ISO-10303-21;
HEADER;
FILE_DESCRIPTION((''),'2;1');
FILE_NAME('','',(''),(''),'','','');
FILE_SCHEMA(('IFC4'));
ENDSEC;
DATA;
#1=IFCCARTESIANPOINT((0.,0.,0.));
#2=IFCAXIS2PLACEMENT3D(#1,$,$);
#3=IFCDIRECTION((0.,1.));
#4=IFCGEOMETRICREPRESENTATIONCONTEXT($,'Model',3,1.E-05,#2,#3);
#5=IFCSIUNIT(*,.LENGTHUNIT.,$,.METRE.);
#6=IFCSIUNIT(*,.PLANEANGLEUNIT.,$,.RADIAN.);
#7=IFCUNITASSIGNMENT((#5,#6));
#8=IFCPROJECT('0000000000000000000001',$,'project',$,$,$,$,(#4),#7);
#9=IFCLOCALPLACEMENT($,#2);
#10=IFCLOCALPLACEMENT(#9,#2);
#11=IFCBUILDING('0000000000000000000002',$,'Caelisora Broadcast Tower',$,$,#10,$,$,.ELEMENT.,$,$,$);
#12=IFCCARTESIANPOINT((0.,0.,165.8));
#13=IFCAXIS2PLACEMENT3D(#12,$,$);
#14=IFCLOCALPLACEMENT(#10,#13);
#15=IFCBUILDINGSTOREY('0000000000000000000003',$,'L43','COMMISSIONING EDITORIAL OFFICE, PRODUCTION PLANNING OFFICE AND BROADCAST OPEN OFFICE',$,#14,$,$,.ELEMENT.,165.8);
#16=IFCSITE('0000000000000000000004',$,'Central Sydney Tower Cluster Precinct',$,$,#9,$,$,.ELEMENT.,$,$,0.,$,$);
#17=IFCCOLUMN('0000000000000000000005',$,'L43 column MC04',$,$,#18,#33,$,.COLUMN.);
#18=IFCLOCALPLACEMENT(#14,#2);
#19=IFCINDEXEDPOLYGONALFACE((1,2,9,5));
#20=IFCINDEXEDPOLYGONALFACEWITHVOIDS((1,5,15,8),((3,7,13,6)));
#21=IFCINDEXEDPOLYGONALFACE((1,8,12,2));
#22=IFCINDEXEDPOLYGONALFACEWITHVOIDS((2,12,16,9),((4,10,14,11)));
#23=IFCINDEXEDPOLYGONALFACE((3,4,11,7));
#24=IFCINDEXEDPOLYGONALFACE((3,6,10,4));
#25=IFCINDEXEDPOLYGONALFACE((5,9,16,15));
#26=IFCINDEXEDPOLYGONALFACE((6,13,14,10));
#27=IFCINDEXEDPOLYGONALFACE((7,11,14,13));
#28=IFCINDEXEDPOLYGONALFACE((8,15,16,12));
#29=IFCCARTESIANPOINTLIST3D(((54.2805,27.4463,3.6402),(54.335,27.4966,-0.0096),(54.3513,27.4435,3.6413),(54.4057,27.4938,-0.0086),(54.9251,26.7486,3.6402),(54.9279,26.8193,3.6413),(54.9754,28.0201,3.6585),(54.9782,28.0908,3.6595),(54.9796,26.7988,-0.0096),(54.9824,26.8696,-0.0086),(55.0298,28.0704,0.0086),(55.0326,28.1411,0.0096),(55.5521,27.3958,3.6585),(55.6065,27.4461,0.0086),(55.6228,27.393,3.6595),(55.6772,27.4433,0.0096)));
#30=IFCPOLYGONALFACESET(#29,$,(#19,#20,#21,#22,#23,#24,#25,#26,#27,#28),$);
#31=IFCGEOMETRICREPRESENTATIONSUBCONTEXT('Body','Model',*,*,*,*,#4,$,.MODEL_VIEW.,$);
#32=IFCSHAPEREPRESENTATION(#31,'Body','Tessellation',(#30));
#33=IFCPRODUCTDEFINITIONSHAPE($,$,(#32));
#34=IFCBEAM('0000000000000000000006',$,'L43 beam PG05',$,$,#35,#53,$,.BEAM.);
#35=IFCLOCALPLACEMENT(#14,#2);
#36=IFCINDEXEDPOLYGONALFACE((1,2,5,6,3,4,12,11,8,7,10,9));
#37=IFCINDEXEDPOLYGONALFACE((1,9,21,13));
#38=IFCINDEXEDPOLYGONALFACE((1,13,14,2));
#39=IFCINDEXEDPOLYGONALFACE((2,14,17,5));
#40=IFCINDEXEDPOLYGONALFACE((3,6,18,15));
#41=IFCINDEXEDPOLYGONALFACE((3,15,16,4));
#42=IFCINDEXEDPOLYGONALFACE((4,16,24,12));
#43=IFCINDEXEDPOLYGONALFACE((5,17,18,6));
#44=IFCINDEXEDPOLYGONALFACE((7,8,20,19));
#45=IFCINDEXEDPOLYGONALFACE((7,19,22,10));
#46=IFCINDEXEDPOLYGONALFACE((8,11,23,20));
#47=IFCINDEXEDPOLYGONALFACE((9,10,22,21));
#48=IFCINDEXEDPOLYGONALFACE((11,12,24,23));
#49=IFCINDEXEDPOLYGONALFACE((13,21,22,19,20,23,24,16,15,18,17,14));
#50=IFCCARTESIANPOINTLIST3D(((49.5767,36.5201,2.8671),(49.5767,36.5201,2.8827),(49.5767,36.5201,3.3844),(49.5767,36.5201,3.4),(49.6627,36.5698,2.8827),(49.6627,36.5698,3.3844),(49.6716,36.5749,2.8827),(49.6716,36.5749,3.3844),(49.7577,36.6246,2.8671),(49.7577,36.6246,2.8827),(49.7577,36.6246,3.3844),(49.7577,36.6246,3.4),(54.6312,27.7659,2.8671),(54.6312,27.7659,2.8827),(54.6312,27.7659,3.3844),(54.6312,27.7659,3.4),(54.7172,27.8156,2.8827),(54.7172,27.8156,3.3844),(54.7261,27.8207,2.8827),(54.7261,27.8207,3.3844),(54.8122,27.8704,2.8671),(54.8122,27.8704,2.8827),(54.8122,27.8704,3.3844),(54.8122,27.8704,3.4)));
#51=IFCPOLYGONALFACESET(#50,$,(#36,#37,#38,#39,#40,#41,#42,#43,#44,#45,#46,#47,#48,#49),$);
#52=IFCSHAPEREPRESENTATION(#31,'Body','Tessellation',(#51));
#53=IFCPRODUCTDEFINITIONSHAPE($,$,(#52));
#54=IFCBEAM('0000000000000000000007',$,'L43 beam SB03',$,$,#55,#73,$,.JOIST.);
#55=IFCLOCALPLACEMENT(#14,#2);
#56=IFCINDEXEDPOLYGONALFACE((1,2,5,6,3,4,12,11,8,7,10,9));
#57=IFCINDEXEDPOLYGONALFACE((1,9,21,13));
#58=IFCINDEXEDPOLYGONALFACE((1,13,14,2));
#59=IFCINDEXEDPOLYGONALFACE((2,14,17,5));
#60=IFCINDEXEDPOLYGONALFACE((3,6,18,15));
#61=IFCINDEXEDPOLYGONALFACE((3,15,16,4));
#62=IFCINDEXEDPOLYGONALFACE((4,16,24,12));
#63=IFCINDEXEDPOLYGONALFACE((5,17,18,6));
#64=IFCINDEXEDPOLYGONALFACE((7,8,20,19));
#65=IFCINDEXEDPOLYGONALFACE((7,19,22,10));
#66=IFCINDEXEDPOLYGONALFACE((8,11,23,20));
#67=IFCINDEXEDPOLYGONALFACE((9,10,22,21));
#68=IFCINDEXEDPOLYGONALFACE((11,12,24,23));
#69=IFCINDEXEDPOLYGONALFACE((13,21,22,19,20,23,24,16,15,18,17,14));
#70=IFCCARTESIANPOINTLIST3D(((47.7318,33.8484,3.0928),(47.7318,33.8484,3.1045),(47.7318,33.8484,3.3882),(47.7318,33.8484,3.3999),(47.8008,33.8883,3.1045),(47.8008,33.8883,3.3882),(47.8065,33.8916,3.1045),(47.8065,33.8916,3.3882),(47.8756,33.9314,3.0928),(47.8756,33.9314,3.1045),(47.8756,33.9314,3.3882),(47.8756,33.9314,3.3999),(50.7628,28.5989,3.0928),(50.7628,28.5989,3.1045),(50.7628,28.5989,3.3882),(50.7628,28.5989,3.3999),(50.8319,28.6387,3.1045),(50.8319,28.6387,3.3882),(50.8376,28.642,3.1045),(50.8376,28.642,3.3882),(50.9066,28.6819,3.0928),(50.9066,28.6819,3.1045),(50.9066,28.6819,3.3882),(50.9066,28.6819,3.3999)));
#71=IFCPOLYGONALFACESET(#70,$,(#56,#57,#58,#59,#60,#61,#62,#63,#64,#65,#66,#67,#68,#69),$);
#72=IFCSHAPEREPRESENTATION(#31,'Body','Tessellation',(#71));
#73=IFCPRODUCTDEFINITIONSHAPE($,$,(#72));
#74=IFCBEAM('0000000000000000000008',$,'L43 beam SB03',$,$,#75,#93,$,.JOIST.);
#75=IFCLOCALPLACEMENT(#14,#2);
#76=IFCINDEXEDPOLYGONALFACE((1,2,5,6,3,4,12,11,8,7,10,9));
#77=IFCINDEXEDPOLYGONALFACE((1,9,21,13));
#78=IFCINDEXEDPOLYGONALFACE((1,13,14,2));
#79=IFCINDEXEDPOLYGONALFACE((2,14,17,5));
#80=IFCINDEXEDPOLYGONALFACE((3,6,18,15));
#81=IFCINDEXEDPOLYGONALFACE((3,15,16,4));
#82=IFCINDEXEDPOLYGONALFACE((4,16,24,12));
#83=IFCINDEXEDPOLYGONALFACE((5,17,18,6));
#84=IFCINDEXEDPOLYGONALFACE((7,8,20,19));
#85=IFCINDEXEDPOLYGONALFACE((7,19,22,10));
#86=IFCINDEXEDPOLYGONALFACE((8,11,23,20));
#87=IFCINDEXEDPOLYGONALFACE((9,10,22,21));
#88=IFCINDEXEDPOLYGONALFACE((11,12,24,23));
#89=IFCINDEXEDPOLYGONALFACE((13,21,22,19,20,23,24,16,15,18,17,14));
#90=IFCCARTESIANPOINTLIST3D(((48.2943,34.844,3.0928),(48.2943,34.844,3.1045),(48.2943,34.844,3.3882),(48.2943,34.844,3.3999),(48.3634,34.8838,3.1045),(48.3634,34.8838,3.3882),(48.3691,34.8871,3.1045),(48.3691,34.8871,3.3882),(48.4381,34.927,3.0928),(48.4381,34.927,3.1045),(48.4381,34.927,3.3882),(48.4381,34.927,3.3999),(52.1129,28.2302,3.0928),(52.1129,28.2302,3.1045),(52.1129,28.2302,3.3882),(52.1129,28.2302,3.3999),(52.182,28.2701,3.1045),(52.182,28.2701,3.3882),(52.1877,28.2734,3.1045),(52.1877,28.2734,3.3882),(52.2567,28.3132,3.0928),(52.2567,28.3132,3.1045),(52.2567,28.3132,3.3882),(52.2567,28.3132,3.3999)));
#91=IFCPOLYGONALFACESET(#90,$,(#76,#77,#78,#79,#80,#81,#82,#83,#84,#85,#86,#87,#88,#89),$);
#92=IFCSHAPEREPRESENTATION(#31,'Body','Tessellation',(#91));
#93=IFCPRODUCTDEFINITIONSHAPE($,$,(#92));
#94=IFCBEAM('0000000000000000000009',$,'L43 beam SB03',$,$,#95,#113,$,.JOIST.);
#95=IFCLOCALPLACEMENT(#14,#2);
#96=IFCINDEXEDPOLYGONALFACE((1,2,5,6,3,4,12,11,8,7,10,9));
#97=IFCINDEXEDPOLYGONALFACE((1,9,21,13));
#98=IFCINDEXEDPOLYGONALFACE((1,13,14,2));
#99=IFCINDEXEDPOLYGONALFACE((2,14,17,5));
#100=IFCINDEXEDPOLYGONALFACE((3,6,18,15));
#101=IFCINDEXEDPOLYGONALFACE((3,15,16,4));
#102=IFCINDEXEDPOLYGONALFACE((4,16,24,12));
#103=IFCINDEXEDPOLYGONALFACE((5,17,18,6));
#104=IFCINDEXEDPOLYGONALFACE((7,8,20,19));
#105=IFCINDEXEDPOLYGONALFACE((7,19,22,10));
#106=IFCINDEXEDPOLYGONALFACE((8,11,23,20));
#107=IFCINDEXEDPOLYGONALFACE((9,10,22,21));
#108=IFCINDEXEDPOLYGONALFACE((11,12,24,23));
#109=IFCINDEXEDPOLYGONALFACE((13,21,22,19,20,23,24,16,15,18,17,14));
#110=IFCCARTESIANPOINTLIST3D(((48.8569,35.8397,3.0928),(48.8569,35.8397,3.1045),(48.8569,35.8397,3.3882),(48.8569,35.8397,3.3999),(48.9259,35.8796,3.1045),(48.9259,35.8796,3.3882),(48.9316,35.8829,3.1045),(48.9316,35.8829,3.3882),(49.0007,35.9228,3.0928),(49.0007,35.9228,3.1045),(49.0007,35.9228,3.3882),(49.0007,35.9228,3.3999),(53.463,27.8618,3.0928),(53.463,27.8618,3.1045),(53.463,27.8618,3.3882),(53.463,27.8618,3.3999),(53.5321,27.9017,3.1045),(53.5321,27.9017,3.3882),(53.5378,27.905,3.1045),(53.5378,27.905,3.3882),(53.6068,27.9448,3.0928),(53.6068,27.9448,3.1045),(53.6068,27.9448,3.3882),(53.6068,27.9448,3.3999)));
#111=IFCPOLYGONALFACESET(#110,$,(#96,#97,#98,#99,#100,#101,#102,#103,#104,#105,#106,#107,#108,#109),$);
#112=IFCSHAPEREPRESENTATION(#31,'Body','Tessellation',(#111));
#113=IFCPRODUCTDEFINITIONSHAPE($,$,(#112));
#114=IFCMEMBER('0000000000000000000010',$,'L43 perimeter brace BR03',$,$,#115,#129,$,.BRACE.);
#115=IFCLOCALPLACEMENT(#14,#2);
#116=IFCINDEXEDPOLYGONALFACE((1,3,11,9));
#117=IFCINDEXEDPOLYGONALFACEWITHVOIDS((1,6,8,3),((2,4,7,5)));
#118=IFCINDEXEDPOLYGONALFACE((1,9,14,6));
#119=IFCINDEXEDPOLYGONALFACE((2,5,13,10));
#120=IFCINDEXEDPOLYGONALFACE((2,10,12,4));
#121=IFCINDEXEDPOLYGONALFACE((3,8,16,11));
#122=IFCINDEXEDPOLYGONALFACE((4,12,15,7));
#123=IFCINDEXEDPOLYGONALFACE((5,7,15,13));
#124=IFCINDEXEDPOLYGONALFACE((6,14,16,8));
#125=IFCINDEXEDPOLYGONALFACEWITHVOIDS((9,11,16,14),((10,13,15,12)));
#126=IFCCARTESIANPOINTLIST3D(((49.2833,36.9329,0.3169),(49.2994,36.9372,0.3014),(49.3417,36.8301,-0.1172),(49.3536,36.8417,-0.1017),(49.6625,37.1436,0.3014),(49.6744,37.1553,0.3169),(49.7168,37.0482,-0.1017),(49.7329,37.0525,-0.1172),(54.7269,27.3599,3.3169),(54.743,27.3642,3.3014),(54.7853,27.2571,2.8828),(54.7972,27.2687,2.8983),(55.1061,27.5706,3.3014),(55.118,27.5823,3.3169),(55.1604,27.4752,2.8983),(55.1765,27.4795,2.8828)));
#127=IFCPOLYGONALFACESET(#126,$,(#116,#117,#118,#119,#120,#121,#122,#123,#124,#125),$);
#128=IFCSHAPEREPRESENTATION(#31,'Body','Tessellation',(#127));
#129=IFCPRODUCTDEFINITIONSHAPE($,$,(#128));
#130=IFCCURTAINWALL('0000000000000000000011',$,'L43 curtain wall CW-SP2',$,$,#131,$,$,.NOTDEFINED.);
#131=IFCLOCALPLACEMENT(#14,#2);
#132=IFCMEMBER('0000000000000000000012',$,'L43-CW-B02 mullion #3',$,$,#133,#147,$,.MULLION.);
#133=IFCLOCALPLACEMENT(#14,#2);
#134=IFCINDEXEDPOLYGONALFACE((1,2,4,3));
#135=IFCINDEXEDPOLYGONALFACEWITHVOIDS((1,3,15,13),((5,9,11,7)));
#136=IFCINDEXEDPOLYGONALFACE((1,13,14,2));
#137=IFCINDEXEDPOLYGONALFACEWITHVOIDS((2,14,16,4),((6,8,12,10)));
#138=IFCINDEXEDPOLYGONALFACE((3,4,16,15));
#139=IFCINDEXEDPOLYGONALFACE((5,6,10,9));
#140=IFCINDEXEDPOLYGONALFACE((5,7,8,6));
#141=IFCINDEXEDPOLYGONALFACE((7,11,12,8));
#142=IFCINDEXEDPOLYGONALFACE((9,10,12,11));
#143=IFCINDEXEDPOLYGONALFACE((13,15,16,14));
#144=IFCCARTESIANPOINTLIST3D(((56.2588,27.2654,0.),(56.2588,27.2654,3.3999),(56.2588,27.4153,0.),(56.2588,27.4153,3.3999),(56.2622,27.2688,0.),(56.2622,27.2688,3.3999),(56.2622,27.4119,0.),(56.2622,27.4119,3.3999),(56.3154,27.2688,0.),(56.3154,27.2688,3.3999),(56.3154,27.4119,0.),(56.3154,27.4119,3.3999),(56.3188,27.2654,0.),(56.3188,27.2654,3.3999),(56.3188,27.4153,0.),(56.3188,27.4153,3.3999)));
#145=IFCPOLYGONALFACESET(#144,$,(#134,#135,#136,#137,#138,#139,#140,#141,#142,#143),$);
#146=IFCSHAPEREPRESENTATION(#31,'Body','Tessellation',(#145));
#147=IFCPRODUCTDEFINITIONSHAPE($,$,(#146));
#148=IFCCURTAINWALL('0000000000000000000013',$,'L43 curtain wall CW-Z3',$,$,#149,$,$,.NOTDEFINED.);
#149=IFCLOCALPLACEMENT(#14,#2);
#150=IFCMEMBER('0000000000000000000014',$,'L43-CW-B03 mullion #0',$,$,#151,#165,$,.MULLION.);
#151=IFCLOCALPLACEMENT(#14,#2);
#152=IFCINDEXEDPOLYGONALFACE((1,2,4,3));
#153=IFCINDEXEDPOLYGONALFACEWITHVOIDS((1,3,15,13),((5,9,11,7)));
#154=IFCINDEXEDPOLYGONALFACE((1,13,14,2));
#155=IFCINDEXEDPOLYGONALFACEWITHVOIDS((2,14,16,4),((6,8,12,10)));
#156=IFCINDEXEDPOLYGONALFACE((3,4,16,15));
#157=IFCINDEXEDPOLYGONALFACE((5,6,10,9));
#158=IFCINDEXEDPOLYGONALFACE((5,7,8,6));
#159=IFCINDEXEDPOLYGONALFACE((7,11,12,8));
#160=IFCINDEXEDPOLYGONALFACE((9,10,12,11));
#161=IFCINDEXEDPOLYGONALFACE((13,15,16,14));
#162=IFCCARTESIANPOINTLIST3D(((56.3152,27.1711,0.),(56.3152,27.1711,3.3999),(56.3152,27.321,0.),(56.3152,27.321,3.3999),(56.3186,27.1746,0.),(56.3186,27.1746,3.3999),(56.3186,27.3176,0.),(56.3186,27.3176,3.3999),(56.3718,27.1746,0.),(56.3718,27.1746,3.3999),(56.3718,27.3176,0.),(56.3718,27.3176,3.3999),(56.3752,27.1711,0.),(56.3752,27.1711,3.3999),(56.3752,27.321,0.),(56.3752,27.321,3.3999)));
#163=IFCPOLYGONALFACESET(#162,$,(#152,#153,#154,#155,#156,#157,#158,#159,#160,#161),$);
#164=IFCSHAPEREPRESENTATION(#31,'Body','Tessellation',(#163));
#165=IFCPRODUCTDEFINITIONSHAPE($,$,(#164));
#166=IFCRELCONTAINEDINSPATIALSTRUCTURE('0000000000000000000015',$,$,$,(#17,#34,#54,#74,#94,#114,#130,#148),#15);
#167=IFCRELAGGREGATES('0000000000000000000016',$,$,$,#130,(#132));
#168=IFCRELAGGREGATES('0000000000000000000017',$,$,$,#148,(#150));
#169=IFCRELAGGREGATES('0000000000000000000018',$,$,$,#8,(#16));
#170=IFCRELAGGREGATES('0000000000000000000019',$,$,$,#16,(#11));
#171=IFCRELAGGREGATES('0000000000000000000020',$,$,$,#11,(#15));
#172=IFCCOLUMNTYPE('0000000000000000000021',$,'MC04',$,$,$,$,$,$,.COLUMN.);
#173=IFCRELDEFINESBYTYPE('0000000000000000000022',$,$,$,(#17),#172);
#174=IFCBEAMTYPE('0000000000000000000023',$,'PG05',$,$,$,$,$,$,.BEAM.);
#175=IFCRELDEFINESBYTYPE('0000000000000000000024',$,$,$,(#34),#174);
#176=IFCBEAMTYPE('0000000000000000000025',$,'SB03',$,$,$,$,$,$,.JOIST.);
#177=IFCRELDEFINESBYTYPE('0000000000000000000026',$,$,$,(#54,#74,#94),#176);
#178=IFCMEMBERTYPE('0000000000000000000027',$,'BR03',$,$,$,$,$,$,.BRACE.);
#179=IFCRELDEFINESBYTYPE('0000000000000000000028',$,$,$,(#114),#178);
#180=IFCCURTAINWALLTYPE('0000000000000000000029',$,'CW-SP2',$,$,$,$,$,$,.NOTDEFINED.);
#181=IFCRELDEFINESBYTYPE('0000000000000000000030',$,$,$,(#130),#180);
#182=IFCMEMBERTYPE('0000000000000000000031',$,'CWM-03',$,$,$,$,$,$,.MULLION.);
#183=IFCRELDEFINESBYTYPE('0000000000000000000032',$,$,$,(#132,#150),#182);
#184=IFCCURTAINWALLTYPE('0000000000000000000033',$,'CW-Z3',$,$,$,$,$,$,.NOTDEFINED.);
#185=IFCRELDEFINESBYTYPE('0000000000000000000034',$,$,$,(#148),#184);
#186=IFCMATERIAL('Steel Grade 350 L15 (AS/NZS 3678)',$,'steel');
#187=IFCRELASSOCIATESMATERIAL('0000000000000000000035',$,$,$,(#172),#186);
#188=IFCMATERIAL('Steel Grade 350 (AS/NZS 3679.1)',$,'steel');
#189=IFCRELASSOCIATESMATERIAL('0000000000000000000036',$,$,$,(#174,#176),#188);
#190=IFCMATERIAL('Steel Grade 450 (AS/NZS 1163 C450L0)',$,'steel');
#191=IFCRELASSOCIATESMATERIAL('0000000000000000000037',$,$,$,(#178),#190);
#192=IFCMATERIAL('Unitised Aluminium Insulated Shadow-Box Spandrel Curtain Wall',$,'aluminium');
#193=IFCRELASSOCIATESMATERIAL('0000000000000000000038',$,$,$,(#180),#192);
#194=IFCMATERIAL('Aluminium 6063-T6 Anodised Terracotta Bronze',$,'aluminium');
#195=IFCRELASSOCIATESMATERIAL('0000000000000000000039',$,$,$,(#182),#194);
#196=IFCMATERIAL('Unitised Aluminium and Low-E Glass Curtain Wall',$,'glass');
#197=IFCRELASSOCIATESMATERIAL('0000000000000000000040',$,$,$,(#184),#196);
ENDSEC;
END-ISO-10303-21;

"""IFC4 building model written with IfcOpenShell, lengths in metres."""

from ifc_helpers import new_model, si_unit, direction, frame, origin, origin_2d, place, context, subcontext, project, spatial, hollow_rectangle, i_section, extrude, source, transform, mapped, material, material_profile, profile_set, type_object, type_shapes, element, aggregate, save


model = new_model("IFC4")

# Units and contexts
model_context = context("Model", 3, precision=1e-05, world=origin(), true_north=direction((0.0, 1.0)))
body_context = subcontext(model_context, "Body", "Model", "MODEL_VIEW")
ifc_project = project(units=[si_unit("LENGTHUNIT", "METRE"), si_unit("PLANEANGLEUNIT", "RADIAN")], contexts=[model_context])

# Site, building, storey
site_placement = place(None, origin())
site = spatial("IfcSite", under=ifc_project, at=site_placement, Name="Central Sydney Tower Cluster Precinct", CompositionType="ELEMENT", RefElevation=0.0)
building_placement = place(site_placement, origin())
building = spatial("IfcBuilding", under=site, at=building_placement, Name="Caelisora Broadcast Tower", CompositionType="ELEMENT")
storey_placement = place(building_placement, frame((0.0, 0.0, 165.8)))
storey = spatial("IfcBuildingStorey", under=building, at=storey_placement, Name="L43", Description="COMMISSIONING EDITORIAL OFFICE, PRODUCTION PLANNING OFFICE AND BROADCAST OPEN OFFICE", CompositionType="ELEMENT", Elevation=165.8)

# Column
ifc_material_1 = material(Name="Steel Grade 350 L15 (AS/NZS 3678)", Category="steel")
ifc_material_profile_1 = material_profile(ifc_material_1, hollow_rectangle(XDim=0.95, YDim=0.95, WallThickness=0.05, at=origin_2d()), Name="Steel Grade 350 L15 (AS/NZS 3678)")
ifc_profile_set_1 = profile_set([ifc_material_profile_1], Name="Steel Grade 350 L15 (AS/NZS 3678)")
column_type = type_object("IfcColumnType", Name="MC04", PredefinedType="COLUMN", material=ifc_profile_set_1)
shared_shape_1 = source(origin(), body_context, "Body", "SweptSolid", [
    extrude(hollow_rectangle(XDim=0.95, YDim=0.95, WallThickness=0.05, at=origin_2d()), origin(), (0.0, 0.0, 1.0), 3.6506),
])
type_shapes(column_type, [shared_shape_1])
column_placement = place(storey_placement, frame((55.0061, 27.47, 0.0), z_axis=(-0.014913, -0.013776, 0.999794), x_axis=(0.678554, -0.734551, 0.0)))
element("IfcColumn", 1, at=column_placement, inside=storey, type_object=column_type, Name="L43 column MC04", PredefinedType="COLUMN", context=body_context, shape_type="MappedRepresentation", body=[
    mapped(shared_shape_1, transform((0.0, 0.0, 0.0), scale=1.0)),
])

# Beams
ifc_material_2 = material(Name="Steel Grade 350 (AS/NZS 3679.1)", Category="steel")
ifc_material_profile_2 = material_profile(ifc_material_2, i_section(OverallWidth=0.209, OverallDepth=0.533, WebThickness=0.0103, FlangeThickness=0.0156, at=origin_2d()), Name="Steel Grade 350 (AS/NZS 3679.1)")
ifc_profile_set_2 = profile_set([ifc_material_profile_2], Name="Steel Grade 350 (AS/NZS 3679.1)")
beam_type_1 = type_object("IfcBeamType", Name="PG05", PredefinedType="BEAM", material=ifc_profile_set_2)
shared_shape_2 = source(origin(), body_context, "Body", "SweptSolid", [
    extrude(i_section(OverallWidth=0.209, OverallDepth=0.533, WebThickness=0.0103, FlangeThickness=0.0156, at=origin_2d()), origin(), (0.0, 0.0, 1.0), 10.1086),
])
type_shapes(beam_type_1, [shared_shape_2])
beam_1_placement = place(storey_placement, frame((54.7217, 27.8181, 3.1335), z_axis=(-0.500017, 0.866015, 0.0), x_axis=(-0.866015, -0.500017, 0.0)))
element("IfcBeam", 2, at=beam_1_placement, inside=storey, type_object=beam_type_1, Name="L43 beam PG05", PredefinedType="BEAM", context=body_context, shape_type="MappedRepresentation", body=[
    mapped(shared_shape_2, transform((0.0, 0.0, 0.0), scale=1.0)),
])
ifc_material_profile_3 = material_profile(ifc_material_2, i_section(OverallWidth=0.166, OverallDepth=0.3071, WebThickness=0.0066, FlangeThickness=0.0117, at=origin_2d()), Name="Steel Grade 350 (AS/NZS 3679.1)")
ifc_profile_set_3 = profile_set([ifc_material_profile_3], Name="Steel Grade 350 (AS/NZS 3679.1)")
beam_type_2 = type_object("IfcBeamType", Name="SB03", PredefinedType="JOIST", material=ifc_profile_set_3)
shared_shape_3 = source(origin(), body_context, "Body", "SweptSolid", [
    extrude(i_section(OverallWidth=0.166, OverallDepth=0.3071, WebThickness=0.0066, FlangeThickness=0.0117, at=origin_2d()), origin(), (0.0, 0.0, 1.0), 6.0618),
])
beam_2_placement = place(storey_placement, frame((50.8347, 28.6404, 3.2463), z_axis=(-0.500025, 0.866011, 0.0), x_axis=(-0.866011, -0.500025, 0.0)))
element("IfcBeam", 3, at=beam_2_placement, inside=storey, type_object=beam_type_2, Name="L43 beam SB03", PredefinedType="JOIST", context=body_context, shape_type="MappedRepresentation", body=[
    mapped(shared_shape_3, transform((0.0, 0.0, 0.0), scale=1.0)),
])
shared_shape_4 = source(origin(), body_context, "Body", "SweptSolid", [
    extrude(i_section(OverallWidth=0.166, OverallDepth=0.3071, WebThickness=0.0066, FlangeThickness=0.0117, at=origin_2d()), origin(), (0.0, 0.0, 1.0), 7.637),
])
beam_3_placement = place(storey_placement, frame((52.1848, 28.2717, 3.2463), z_axis=(-0.500014, 0.866017, 0.0), x_axis=(-0.866017, -0.500014, 0.0)))
element("IfcBeam", 4, at=beam_3_placement, inside=storey, type_object=beam_type_2, Name="L43 beam SB03", PredefinedType="JOIST", context=body_context, shape_type="MappedRepresentation", body=[
    mapped(shared_shape_4, transform((0.0, 0.0, 0.0), scale=1.0)),
])
shared_shape_5 = source(origin(), body_context, "Body", "SweptSolid", [
    extrude(i_section(OverallWidth=0.166, OverallDepth=0.3071, WebThickness=0.0066, FlangeThickness=0.0117, at=origin_2d()), origin(), (0.0, 0.0, 1.0), 9.2122),
])
type_shapes(beam_type_2, [shared_shape_3, shared_shape_4, shared_shape_5])
beam_4_placement = place(storey_placement, frame((53.5349, 27.9033, 3.2463), z_axis=(-0.500007, 0.866021, 0.0), x_axis=(-0.866021, -0.500007, 0.0)))
element("IfcBeam", 5, at=beam_4_placement, inside=storey, type_object=beam_type_2, Name="L43 beam SB03", PredefinedType="JOIST", context=body_context, shape_type="MappedRepresentation", body=[
    mapped(shared_shape_5, transform((0.0, 0.0, 0.0), scale=1.0)),
])

# Member
ifc_material_3 = material(Name="Steel Grade 450 (AS/NZS 1163 C450L0)", Category="steel")
ifc_material_profile_4 = material_profile(ifc_material_3, hollow_rectangle(XDim=0.45, YDim=0.45, WallThickness=0.0161, at=origin_2d()), Name="Steel Grade 450 (AS/NZS 1163 C450L0)")
ifc_profile_set_4 = profile_set([ifc_material_profile_4], Name="Steel Grade 450 (AS/NZS 1163 C450L0)")
member_type_1 = type_object("IfcMemberType", Name="BR03", PredefinedType="BRACE", material=ifc_profile_set_4)
shared_shape_6 = source(origin(), body_context, "Body", "SweptSolid", [
    extrude(hollow_rectangle(XDim=0.45, YDim=0.45, WallThickness=0.0161, at=origin_2d()), origin(), (0.0, 0.0, 1.0), 11.4138),
])
type_shapes(member_type_1, [shared_shape_6])
member_1_placement = place(storey_placement, frame((54.9517, 27.4197, 3.0999), z_axis=(-0.476931, 0.83872, -0.262839), x_axis=(-0.869285, -0.494311, 0.0)))
element("IfcMember", 6, at=member_1_placement, inside=storey, type_object=member_type_1, Name="L43 perimeter brace BR03", PredefinedType="BRACE", context=body_context, shape_type="MappedRepresentation", body=[
    mapped(shared_shape_6, transform((0.0, 0.0, 0.0), scale=1.0)),
])

# Curtain wall, member
ifc_material_4 = material(Name="Unitised Aluminium Insulated Shadow-Box Spandrel Curtain Wall", Category="aluminium")
curtain_wall_type_1 = type_object("IfcCurtainWallType", Name="CW-SP2", PredefinedType="NOTDEFINED", material=ifc_material_4)
curtain_wall_1_placement = place(storey_placement, origin())
curtain_wall_1 = element("IfcCurtainWall", 7, at=curtain_wall_1_placement, inside=storey, type_object=curtain_wall_type_1, Name="L43 curtain wall CW-SP2", PredefinedType="NOTDEFINED")
ifc_material_5 = material(Name="Aluminium 6063-T6 Anodised Terracotta Bronze", Category="aluminium")
ifc_material_profile_5 = material_profile(ifc_material_5, hollow_rectangle(XDim=0.0601, YDim=0.1499, WallThickness=0.0034, at=origin_2d()), Name="Aluminium 6063-T6 Anodised Terracotta Bronze")
ifc_profile_set_5 = profile_set([ifc_material_profile_5], Name="Aluminium 6063-T6 Anodised Terracotta Bronze")
member_type_2 = type_object("IfcMemberType", Name="CWM-03", PredefinedType="MULLION", material=ifc_profile_set_5)
shared_shape_7 = source(origin(), body_context, "Body", "SweptSolid", [
    extrude(hollow_rectangle(XDim=0.0601, YDim=0.1499, WallThickness=0.0034, at=origin_2d()), origin(), (0.0, 0.0, 1.0), 3.3999),
])
type_shapes(member_type_2, [shared_shape_7])
member_2_placement = place(storey_placement, frame((56.2888, 27.3403, 0.0), z_axis=(0.0, 0.0, 1.0), x_axis=(1.0, 0.0, 0.0)))
member_2 = element("IfcMember", 8, at=member_2_placement, type_object=member_type_2, Name="L43-CW-B02 mullion #3", PredefinedType="MULLION", context=body_context, shape_type="MappedRepresentation", body=[
    mapped(shared_shape_7, transform((0.0, 0.0, 0.0), scale=1.0)),
])

# Curtain wall, member
ifc_material_6 = material(Name="Unitised Aluminium and Low-E Glass Curtain Wall", Category="glass")
curtain_wall_type_2 = type_object("IfcCurtainWallType", Name="CW-Z3", PredefinedType="NOTDEFINED", material=ifc_material_6)
curtain_wall_2_placement = place(storey_placement, origin())
curtain_wall_2 = element("IfcCurtainWall", 9, at=curtain_wall_2_placement, inside=storey, type_object=curtain_wall_type_2, Name="L43 curtain wall CW-Z3", PredefinedType="NOTDEFINED")
member_3_placement = place(storey_placement, frame((56.3452, 27.2461, 0.0), z_axis=(0.0, 0.0, 1.0), x_axis=(1.0, 0.0, 0.0)))
member_3 = element("IfcMember", 10, at=member_3_placement, type_object=member_type_2, Name="L43-CW-B03 mullion #0", PredefinedType="MULLION", context=body_context, shape_type="MappedRepresentation", body=[
    mapped(shared_shape_7, transform((0.0, 0.0, 0.0), scale=1.0)),
])

aggregate(curtain_wall_1, [member_2])
aggregate(curtain_wall_2, [member_3])

save(model, "model.ifc")
